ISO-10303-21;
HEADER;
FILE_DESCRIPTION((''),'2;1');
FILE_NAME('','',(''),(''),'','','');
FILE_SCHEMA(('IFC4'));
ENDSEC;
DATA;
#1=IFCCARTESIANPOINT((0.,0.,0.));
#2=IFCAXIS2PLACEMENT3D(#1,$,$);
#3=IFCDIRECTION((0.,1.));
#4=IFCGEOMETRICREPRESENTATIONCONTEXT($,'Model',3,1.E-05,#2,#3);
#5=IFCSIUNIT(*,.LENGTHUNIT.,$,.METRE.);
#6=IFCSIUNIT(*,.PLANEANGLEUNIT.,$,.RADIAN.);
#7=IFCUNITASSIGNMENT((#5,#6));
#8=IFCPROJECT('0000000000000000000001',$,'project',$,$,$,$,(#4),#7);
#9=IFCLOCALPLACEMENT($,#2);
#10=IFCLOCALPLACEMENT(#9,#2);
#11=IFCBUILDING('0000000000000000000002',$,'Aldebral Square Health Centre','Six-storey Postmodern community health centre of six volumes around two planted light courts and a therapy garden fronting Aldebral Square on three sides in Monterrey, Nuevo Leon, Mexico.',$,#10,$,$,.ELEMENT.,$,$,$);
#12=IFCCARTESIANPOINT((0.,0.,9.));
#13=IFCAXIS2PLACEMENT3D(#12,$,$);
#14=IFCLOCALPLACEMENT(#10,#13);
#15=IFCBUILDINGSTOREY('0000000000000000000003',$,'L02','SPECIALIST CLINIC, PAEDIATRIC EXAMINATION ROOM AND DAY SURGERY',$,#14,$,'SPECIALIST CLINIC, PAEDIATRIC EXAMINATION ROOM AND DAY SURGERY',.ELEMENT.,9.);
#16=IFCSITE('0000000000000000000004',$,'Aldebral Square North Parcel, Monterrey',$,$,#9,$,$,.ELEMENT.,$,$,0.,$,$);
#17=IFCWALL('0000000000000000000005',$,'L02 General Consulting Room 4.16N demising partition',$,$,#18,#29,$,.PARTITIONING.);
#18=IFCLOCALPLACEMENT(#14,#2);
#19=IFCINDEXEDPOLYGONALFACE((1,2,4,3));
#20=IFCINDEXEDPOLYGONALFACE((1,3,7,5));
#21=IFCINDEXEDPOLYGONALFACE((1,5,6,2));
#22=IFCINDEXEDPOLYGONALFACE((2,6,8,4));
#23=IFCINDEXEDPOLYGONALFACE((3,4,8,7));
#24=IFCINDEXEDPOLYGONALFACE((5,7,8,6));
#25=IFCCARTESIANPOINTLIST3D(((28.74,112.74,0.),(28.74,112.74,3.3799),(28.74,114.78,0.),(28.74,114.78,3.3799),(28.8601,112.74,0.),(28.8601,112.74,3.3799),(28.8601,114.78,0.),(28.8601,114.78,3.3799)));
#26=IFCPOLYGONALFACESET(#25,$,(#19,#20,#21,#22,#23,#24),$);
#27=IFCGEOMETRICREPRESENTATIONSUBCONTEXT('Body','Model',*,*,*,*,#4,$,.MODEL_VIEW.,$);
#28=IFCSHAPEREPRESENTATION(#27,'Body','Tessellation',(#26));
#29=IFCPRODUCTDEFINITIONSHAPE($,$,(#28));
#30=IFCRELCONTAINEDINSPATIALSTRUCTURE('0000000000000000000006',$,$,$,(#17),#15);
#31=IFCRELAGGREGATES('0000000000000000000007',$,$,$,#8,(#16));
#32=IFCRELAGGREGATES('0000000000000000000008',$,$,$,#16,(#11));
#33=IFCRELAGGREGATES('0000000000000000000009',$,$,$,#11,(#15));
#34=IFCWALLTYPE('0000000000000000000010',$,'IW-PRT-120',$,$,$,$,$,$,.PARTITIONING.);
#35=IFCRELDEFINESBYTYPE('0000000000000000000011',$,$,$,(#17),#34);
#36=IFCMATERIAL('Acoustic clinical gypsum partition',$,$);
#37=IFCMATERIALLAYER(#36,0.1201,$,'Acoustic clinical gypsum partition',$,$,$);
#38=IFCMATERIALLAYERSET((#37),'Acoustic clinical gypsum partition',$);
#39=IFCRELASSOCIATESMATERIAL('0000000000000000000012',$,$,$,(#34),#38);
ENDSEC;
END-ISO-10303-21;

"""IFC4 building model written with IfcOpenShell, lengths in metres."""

from ifc_helpers import new_model, si_unit, direction, frame, frame_2d, origin, place, context, subcontext, project, spatial, rectangle, extrude, material, layer, layer_set, type_object, element, save


model = new_model("IFC4")

# Units and contexts
model_context = context("Model", 3, precision=1e-05, world=origin(), true_north=direction((0.0, 1.0)))
body_context = subcontext(model_context, "Body", "Model", "MODEL_VIEW")
ifc_project = project(units=[si_unit("LENGTHUNIT", "METRE"), si_unit("PLANEANGLEUNIT", "RADIAN")], contexts=[model_context])

# Site, building, storey
site_placement = place(None, origin())
site = spatial("IfcSite", under=ifc_project, at=site_placement, Name="Aldebral Square North Parcel, Monterrey", CompositionType="ELEMENT", RefElevation=0.0)
building_placement = place(site_placement, origin())
building = spatial("IfcBuilding", under=site, at=building_placement, Name="Aldebral Square Health Centre", Description="Six-storey Postmodern community health centre of six volumes around two planted light courts and a therapy garden fronting Aldebral Square on three sides in Monterrey, Nuevo Leon, Mexico.", CompositionType="ELEMENT")
storey_placement = place(building_placement, frame((0.0, 0.0, 9.0)))
storey = spatial("IfcBuildingStorey", under=building, at=storey_placement, Name="L02", Description="SPECIALIST CLINIC, PAEDIATRIC EXAMINATION ROOM AND DAY SURGERY", LongName="SPECIALIST CLINIC, PAEDIATRIC EXAMINATION ROOM AND DAY SURGERY", CompositionType="ELEMENT", Elevation=9.0)

# Wall
ifc_material_1 = material(Name="Acoustic clinical gypsum partition")
ifc_layer_1 = layer(ifc_material_1, 0.1201, Name="Acoustic clinical gypsum partition")
ifc_layer_set_1 = layer_set([ifc_layer_1], Name="Acoustic clinical gypsum partition")
wall_type_1 = type_object("IfcWallType", Name="IW-PRT-120", PredefinedType="PARTITIONING", material=ifc_layer_set_1)
wall_1_placement = place(storey_placement, frame((28.8, 112.74, 0.0), z_axis=(0.0, 0.0, 1.0), x_axis=(0.0, 1.0, 0.0)))
element("IfcWall", 1, at=wall_1_placement, inside=storey, type_object=wall_type_1, Name="L02 General Consulting Room 4.16N demising partition", PredefinedType="PARTITIONING", context=body_context, shape_type="SweptSolid", body=[
    extrude(rectangle(XDim=2.04, YDim=0.1201, at=frame_2d((1.02, 0.0))), origin(), (0.0, 0.0, 1.0), 3.3799),
])

save(model, "model.ifc")
